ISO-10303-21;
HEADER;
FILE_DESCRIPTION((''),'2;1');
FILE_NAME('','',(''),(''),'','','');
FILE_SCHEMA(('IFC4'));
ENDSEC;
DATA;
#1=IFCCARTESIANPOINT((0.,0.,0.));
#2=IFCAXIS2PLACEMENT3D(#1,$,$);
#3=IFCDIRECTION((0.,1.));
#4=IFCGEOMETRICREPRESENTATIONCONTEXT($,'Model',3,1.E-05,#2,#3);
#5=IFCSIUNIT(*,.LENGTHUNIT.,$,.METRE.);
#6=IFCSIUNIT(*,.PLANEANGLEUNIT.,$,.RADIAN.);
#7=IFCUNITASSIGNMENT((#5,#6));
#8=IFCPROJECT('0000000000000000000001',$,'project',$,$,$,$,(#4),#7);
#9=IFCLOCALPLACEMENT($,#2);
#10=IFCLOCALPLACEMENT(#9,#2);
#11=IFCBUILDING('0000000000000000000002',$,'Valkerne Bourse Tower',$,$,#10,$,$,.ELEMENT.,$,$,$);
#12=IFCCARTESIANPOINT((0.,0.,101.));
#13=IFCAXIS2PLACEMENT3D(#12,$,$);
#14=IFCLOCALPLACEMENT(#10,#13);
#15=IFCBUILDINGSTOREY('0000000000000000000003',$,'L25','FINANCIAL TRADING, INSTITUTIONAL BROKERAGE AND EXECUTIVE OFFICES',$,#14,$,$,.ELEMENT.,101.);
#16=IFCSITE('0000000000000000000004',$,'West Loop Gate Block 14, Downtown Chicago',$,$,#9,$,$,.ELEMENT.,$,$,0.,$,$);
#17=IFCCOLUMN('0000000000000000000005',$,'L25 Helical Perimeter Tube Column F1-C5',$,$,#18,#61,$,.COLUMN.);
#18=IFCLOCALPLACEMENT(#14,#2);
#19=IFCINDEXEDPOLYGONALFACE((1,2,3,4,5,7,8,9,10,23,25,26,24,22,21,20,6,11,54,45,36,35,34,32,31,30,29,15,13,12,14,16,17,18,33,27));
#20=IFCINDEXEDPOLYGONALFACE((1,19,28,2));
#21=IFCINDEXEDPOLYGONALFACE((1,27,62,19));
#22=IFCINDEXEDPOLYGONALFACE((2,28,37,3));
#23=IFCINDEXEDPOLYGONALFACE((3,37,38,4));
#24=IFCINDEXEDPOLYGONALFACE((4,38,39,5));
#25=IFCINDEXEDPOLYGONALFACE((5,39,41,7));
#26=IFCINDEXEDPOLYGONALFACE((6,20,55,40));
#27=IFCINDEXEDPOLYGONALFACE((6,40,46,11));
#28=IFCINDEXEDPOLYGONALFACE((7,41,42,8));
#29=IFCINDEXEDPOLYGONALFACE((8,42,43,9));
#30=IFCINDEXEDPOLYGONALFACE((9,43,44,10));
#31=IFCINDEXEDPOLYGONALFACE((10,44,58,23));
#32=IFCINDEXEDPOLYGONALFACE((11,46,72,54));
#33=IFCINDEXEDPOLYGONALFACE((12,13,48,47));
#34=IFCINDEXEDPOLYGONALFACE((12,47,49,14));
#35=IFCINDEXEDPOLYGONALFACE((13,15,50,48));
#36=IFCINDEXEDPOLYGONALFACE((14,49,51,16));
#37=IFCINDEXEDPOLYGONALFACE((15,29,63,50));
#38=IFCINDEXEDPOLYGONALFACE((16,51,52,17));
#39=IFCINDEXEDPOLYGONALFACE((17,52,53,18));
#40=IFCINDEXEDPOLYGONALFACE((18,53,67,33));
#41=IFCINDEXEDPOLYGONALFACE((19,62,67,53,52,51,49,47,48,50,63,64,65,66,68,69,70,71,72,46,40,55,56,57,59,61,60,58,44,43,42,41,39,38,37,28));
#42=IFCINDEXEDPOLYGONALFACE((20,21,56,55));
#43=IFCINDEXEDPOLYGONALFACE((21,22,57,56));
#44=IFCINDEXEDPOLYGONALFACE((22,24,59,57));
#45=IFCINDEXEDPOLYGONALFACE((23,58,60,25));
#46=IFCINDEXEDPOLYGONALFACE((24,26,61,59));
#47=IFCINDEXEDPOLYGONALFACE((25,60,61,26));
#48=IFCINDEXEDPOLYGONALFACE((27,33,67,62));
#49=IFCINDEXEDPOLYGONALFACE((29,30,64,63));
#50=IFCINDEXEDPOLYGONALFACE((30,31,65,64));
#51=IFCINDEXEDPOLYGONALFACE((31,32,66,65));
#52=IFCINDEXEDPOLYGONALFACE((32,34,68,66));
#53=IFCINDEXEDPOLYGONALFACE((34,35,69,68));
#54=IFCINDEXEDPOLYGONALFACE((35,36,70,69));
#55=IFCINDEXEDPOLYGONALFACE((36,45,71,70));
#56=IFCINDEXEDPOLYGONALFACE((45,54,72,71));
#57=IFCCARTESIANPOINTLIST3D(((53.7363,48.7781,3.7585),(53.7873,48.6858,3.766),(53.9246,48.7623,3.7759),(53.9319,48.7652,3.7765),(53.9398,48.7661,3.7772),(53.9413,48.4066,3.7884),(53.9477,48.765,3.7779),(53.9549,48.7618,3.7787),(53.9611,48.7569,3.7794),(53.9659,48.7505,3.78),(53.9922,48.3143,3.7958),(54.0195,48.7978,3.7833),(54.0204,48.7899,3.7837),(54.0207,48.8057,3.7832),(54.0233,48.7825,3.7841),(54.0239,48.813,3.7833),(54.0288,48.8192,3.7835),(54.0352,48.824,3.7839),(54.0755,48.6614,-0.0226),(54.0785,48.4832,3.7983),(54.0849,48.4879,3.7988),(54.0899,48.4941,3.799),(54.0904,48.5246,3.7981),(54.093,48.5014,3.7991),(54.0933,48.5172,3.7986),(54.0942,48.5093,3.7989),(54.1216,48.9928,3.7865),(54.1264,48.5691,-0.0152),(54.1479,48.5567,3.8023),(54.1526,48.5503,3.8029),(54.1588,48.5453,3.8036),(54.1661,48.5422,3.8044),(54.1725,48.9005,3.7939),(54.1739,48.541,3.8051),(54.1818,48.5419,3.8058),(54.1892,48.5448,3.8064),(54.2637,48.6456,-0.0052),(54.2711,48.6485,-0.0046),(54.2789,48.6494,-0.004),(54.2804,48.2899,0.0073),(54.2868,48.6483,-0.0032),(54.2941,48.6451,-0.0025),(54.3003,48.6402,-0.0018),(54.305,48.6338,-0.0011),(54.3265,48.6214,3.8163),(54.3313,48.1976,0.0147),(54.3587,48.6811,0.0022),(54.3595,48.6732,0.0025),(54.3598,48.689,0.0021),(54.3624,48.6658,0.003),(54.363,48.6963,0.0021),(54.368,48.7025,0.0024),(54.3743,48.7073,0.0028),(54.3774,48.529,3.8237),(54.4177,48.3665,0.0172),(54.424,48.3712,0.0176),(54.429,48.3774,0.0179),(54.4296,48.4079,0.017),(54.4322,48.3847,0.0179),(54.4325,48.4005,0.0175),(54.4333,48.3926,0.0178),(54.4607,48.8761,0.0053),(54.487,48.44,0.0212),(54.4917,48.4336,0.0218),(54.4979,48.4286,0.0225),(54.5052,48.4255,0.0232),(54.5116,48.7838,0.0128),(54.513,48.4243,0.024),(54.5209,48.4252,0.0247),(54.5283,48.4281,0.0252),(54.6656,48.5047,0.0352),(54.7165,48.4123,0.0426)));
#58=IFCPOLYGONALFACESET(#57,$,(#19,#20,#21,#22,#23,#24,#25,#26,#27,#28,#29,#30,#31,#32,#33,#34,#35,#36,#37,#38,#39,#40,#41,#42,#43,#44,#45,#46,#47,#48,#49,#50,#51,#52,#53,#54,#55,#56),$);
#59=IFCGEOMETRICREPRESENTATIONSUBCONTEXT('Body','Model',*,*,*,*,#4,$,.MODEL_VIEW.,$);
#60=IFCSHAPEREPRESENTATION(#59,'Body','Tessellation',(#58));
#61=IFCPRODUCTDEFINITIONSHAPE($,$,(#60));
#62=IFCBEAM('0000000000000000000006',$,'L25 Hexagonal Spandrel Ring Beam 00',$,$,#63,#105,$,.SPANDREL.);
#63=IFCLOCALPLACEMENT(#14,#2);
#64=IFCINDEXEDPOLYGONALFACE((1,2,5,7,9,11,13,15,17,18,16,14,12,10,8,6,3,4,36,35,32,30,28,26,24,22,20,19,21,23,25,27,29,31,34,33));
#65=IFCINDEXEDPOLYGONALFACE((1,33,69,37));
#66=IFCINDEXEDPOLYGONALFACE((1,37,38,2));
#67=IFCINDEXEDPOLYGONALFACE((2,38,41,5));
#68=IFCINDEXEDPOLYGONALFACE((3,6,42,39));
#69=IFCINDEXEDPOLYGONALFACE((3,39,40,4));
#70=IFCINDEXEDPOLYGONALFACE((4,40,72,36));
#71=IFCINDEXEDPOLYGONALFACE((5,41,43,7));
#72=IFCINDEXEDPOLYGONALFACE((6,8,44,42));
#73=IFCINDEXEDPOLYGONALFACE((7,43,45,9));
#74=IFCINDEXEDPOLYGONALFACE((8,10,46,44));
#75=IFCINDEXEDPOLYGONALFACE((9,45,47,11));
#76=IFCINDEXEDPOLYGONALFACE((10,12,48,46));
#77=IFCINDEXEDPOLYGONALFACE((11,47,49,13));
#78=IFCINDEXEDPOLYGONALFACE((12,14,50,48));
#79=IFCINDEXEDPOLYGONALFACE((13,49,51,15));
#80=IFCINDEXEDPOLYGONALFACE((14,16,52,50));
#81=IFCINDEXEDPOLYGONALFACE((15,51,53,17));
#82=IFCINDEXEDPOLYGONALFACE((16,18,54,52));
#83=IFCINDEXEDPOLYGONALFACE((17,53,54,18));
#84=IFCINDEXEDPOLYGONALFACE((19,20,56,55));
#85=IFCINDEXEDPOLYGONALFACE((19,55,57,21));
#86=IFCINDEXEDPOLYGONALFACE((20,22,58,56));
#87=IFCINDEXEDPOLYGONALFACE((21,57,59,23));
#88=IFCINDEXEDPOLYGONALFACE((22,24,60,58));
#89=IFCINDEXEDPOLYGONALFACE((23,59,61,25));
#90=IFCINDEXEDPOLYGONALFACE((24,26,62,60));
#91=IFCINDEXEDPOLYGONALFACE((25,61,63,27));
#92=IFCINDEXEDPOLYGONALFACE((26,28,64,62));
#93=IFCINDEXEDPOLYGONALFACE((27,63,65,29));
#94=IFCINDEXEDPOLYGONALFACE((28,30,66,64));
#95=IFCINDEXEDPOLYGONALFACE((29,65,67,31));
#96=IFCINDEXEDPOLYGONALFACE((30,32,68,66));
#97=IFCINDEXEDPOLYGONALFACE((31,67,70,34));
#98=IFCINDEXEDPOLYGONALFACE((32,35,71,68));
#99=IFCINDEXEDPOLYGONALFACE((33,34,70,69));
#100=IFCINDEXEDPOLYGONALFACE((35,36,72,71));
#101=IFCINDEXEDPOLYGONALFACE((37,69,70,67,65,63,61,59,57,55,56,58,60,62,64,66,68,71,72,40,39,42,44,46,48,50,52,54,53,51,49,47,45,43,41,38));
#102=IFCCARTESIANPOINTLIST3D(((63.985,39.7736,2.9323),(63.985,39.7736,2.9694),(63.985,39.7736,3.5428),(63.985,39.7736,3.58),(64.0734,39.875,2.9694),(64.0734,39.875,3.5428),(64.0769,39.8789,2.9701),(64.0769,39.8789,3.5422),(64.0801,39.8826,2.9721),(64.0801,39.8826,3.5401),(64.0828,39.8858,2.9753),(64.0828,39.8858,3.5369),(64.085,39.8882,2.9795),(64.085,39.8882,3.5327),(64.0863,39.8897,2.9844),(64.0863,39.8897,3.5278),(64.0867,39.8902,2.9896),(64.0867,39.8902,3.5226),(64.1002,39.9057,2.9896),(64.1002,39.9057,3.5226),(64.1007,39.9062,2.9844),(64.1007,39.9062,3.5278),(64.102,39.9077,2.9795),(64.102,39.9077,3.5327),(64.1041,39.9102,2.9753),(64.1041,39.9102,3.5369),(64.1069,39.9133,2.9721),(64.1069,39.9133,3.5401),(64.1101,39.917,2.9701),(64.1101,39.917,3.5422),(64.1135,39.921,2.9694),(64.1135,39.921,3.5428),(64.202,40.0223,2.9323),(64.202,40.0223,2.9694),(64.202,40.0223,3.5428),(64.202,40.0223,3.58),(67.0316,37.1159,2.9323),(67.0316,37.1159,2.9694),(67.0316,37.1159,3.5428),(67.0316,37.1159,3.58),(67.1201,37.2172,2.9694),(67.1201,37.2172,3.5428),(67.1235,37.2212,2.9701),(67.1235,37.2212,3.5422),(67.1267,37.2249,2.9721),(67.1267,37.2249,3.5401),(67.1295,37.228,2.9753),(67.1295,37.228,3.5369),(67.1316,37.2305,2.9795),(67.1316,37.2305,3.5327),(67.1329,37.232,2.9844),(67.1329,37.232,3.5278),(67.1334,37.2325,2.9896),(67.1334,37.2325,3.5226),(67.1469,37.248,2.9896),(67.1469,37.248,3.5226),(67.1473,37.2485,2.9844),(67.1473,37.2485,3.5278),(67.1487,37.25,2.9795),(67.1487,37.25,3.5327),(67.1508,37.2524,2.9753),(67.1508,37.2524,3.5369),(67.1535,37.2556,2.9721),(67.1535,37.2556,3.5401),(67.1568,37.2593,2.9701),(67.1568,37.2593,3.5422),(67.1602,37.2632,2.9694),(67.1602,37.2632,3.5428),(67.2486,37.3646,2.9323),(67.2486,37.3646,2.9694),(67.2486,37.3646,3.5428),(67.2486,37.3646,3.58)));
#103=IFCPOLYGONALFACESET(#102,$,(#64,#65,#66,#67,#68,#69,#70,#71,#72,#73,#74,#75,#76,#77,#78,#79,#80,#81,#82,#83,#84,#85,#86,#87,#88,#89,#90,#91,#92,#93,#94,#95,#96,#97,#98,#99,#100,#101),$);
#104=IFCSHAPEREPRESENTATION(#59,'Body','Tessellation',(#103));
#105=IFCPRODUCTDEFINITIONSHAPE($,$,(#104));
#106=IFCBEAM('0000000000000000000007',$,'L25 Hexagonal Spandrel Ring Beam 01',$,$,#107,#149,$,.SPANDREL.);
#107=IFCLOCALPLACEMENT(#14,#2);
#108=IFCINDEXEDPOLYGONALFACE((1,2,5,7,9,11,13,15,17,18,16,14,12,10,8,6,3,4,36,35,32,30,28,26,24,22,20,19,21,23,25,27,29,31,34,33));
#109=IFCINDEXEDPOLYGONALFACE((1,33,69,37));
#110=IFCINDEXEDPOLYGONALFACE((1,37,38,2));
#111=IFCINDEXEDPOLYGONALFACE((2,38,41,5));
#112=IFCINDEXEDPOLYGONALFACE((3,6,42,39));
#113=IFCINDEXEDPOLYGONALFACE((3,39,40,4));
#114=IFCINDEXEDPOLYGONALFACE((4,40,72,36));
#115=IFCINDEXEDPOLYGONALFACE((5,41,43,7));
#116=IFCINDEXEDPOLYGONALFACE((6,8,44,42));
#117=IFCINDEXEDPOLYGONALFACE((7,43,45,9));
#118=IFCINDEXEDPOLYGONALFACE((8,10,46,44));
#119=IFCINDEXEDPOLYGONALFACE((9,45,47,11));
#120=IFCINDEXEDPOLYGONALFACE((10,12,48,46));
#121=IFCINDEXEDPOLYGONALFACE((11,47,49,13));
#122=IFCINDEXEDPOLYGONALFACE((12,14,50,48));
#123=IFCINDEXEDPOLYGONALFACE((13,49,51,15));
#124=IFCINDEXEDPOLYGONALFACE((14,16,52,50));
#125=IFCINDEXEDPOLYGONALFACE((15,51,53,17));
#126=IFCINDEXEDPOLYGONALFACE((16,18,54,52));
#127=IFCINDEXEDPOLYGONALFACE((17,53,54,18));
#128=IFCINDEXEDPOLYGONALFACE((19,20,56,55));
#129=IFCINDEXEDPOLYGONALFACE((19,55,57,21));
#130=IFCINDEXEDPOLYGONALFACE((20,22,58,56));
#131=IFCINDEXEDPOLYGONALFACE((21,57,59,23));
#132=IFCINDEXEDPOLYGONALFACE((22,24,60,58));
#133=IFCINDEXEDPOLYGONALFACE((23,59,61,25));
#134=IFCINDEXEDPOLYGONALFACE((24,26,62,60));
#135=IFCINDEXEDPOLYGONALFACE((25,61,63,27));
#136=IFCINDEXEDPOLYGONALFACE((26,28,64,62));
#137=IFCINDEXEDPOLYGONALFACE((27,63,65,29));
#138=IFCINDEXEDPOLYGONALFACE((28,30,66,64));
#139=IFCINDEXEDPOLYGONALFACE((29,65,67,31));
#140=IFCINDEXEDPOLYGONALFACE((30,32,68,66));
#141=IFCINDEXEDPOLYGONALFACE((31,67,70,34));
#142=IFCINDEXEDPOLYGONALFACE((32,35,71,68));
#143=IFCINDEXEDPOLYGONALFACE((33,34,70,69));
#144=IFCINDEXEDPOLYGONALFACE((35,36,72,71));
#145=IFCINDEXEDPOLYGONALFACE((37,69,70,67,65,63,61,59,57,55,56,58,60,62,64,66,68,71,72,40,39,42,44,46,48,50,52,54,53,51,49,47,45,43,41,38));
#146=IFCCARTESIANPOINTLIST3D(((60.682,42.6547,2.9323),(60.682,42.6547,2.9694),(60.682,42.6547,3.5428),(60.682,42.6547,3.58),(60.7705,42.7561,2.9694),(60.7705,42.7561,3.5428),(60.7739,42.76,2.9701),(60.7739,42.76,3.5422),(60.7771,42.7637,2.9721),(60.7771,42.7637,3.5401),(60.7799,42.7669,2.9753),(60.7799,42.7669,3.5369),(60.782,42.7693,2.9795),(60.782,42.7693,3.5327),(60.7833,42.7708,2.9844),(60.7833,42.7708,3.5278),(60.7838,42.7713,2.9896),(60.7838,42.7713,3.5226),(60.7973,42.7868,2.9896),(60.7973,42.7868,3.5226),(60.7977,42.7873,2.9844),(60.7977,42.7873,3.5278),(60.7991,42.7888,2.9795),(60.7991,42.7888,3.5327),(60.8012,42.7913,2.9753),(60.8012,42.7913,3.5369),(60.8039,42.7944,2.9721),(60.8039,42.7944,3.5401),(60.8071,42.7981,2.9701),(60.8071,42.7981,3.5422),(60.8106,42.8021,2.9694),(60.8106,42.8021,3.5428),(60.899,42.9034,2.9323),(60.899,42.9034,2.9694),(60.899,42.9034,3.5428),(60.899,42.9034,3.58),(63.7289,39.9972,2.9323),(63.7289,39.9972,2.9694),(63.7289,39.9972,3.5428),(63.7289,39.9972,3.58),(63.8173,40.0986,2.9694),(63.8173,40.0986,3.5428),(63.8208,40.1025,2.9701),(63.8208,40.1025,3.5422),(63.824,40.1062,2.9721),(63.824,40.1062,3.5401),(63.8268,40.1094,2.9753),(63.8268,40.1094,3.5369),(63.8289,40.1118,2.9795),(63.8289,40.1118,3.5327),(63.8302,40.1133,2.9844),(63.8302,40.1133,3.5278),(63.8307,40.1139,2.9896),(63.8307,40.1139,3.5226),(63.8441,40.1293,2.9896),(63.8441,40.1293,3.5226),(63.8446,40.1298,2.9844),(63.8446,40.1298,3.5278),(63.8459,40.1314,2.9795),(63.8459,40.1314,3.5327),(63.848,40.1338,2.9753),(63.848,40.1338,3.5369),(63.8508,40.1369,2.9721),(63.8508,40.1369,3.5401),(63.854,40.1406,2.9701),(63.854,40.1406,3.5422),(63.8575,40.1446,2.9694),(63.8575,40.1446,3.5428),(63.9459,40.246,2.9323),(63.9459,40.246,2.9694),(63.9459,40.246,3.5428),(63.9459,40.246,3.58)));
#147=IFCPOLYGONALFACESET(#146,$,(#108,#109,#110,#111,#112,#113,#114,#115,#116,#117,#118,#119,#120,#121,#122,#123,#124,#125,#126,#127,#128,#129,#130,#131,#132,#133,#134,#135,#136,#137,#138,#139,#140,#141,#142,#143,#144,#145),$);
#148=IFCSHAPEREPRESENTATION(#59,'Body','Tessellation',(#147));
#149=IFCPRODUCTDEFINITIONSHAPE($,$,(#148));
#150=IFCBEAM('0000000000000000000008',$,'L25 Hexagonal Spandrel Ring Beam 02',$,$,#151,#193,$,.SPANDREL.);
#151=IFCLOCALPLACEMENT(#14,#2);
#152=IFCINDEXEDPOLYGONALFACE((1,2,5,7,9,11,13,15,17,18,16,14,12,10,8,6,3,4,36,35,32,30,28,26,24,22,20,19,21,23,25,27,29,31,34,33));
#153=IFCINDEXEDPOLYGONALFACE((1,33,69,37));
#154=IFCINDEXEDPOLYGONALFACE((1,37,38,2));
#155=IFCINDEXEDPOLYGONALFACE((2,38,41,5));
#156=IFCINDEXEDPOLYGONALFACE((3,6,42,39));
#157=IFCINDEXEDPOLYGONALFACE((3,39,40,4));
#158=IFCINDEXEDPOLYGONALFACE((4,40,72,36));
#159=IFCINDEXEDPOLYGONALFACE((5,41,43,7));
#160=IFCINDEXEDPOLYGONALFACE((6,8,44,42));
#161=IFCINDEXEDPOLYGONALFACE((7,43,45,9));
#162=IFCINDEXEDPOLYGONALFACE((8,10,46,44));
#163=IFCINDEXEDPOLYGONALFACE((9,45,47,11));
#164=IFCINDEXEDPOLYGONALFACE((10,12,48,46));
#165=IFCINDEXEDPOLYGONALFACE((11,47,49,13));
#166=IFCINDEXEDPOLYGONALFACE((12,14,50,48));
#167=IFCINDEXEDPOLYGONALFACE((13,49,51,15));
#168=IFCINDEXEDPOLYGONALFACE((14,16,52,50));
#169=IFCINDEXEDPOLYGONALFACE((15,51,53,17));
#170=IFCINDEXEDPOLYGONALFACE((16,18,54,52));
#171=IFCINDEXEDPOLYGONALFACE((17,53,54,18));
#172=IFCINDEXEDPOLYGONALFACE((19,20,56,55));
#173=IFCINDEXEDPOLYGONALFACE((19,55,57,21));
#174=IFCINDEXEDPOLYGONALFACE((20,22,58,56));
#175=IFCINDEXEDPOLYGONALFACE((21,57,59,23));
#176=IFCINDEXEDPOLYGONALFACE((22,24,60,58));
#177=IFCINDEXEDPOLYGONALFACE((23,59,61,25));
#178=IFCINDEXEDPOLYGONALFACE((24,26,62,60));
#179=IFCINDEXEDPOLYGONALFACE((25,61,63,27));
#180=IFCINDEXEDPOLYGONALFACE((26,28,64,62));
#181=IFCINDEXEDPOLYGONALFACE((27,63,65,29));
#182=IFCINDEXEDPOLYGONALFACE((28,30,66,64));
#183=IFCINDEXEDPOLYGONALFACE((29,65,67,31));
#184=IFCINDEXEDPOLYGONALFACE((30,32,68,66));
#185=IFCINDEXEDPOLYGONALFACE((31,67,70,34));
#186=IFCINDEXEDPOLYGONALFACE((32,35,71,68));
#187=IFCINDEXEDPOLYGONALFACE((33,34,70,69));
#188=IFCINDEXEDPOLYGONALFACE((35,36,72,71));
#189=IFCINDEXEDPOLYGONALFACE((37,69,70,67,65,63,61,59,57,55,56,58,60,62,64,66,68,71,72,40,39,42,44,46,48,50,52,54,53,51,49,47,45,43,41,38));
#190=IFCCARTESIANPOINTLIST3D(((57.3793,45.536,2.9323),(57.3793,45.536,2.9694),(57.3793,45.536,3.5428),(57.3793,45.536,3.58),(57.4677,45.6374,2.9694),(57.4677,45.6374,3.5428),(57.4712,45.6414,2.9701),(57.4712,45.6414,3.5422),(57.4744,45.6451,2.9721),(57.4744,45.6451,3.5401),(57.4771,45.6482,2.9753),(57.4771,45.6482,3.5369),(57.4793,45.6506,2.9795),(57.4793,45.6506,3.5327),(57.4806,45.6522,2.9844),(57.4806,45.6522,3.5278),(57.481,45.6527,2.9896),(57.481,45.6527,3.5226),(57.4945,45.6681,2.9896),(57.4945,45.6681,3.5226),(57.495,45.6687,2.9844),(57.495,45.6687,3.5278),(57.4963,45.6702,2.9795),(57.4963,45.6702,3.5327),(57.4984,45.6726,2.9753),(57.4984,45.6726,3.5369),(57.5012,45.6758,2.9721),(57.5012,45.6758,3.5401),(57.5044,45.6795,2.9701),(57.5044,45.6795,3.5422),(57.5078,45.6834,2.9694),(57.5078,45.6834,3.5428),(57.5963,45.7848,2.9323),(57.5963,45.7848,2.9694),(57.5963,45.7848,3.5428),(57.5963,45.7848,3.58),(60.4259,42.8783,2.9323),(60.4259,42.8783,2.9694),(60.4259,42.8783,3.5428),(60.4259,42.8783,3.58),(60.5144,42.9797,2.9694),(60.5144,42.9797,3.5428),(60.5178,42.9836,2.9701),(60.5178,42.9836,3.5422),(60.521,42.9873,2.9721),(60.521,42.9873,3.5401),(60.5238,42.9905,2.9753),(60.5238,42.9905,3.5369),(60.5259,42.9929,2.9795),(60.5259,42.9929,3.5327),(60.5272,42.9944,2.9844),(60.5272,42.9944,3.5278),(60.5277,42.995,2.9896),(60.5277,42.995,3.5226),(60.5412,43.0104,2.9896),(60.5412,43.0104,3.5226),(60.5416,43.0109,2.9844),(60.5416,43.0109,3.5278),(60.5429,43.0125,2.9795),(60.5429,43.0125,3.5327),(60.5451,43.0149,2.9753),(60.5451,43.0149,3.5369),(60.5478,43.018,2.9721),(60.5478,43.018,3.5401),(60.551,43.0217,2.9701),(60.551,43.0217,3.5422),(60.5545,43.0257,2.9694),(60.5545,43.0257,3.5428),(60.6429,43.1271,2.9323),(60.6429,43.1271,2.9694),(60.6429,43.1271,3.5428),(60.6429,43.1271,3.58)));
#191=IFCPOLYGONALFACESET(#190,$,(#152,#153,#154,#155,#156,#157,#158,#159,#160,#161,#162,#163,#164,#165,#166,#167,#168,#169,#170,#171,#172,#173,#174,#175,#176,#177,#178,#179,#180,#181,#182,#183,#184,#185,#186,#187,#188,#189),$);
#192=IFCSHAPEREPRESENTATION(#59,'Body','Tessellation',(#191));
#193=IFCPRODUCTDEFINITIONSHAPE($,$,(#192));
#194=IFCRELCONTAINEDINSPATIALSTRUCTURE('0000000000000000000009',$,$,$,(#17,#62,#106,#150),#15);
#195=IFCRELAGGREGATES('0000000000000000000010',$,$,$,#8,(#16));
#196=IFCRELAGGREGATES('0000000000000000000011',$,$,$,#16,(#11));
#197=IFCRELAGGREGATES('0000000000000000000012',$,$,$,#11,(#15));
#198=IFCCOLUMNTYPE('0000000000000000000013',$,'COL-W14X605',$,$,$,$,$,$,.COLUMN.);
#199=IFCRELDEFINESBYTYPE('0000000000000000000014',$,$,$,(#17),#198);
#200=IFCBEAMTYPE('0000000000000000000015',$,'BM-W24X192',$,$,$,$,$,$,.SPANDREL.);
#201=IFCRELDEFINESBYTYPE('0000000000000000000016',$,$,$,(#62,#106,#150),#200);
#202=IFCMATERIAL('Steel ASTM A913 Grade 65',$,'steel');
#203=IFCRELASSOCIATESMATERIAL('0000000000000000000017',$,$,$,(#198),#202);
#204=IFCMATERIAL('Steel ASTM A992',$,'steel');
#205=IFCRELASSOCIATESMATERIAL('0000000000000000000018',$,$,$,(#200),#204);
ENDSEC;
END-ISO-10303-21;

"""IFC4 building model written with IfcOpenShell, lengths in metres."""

from ifc_helpers import new_model, si_unit, direction, frame, origin, origin_2d, place, context, subcontext, project, spatial, i_section, extrude, material, material_profile, profile_set, type_object, element, save


model = new_model("IFC4")

# Units and contexts
model_context = context("Model", 3, precision=1e-05, world=origin(), true_north=direction((0.0, 1.0)))
body_context = subcontext(model_context, "Body", "Model", "MODEL_VIEW")
ifc_project = project(units=[si_unit("LENGTHUNIT", "METRE"), si_unit("PLANEANGLEUNIT", "RADIAN")], contexts=[model_context])

# Site, building, storey
site_placement = place(None, origin())
site = spatial("IfcSite", under=ifc_project, at=site_placement, Name="West Loop Gate Block 14, Downtown Chicago", CompositionType="ELEMENT", RefElevation=0.0)
building_placement = place(site_placement, origin())
building = spatial("IfcBuilding", under=site, at=building_placement, Name="Valkerne Bourse Tower", CompositionType="ELEMENT")
storey_placement = place(building_placement, frame((0.0, 0.0, 101.0)))
storey = spatial("IfcBuildingStorey", under=building, at=storey_placement, Name="L25", Description="FINANCIAL TRADING, INSTITUTIONAL BROKERAGE AND EXECUTIVE OFFICES", CompositionType="ELEMENT", Elevation=101.0)

# Column
ifc_material_1 = material(Name="Steel ASTM A913 Grade 65", Category="steel")
ifc_material_profile_1 = material_profile(ifc_material_1, i_section(OverallWidth=0.4419, OverallDepth=0.531, WebThickness=0.0659, FlangeThickness=0.1057, FilletRadius=0.0305, at=origin_2d()), Name="W14X605")
ifc_profile_set_1 = profile_set([ifc_material_profile_1], Name="Steel ASTM A913 Grade 65")
column_type = type_object("IfcColumnType", Name="COL-W14X605", PredefinedType="COLUMN", material=ifc_profile_set_1)
column_1_placement = place(storey_placement, frame((54.396, 48.5369, 0.01), z_axis=(-0.089287, 0.030727, 0.995532), x_axis=(0.871708, 0.485935, 0.063184)))
element("IfcColumn", 1, at=column_1_placement, inside=storey, type_object=column_type, Name="L25 Helical Perimeter Tube Column F1-C5", PredefinedType="COLUMN", context=body_context, shape_type="SweptSolid", body=[
    extrude(i_section(OverallWidth=0.4419, OverallDepth=0.531, WebThickness=0.0659, FlangeThickness=0.1057, FilletRadius=0.0305, at=origin_2d()), origin(), (0.0, 0.0, 1.0), 3.7981),
])

# Beams
ifc_material_2 = material(Name="Steel ASTM A992", Category="steel")
ifc_material_profile_2 = material_profile(ifc_material_2, i_section(OverallWidth=0.3301, OverallDepth=0.6477, WebThickness=0.0205, FlangeThickness=0.0371, FilletRadius=0.0203, at=origin_2d()), Name="W24X192")
ifc_profile_set_2 = profile_set([ifc_material_profile_2], Name="Steel ASTM A992")
beam_type = type_object("IfcBeamType", Name="BM-W24X192", PredefinedType="SPANDREL", material=ifc_profile_set_2)
for number, where, z_axis, x_axis, name in (
    (2, (67.1401, 37.2402, 3.2561), (-0.753567, 0.657371, 0.0), (-0.657371, -0.753567, 0.0), "L25 Hexagonal Spandrel Ring Beam 00"),
    (3, (63.8374, 40.1216, 3.2561), (-0.753623, 0.657307, 0.0), (-0.657307, -0.753623, 0.0), "L25 Hexagonal Spandrel Ring Beam 01"),
    (4, (60.5344, 43.0027, 3.2561), (-0.753567, 0.657371, 0.0), (-0.657371, -0.753567, 0.0), "L25 Hexagonal Spandrel Ring Beam 02"),
):
    element("IfcBeam", number, at=place(storey_placement, frame(where, z_axis=z_axis, x_axis=x_axis)), inside=storey, type_object=beam_type, Name=name, PredefinedType="SPANDREL", context=body_context, shape_type="SweptSolid", body=[
        extrude(i_section(OverallWidth=0.3301, OverallDepth=0.6477, WebThickness=0.0205, FlangeThickness=0.0371, FilletRadius=0.0203, at=origin_2d()), origin(), (0.0, 0.0, 1.0), 4.043),
    ])

save(model, "model.ifc")
